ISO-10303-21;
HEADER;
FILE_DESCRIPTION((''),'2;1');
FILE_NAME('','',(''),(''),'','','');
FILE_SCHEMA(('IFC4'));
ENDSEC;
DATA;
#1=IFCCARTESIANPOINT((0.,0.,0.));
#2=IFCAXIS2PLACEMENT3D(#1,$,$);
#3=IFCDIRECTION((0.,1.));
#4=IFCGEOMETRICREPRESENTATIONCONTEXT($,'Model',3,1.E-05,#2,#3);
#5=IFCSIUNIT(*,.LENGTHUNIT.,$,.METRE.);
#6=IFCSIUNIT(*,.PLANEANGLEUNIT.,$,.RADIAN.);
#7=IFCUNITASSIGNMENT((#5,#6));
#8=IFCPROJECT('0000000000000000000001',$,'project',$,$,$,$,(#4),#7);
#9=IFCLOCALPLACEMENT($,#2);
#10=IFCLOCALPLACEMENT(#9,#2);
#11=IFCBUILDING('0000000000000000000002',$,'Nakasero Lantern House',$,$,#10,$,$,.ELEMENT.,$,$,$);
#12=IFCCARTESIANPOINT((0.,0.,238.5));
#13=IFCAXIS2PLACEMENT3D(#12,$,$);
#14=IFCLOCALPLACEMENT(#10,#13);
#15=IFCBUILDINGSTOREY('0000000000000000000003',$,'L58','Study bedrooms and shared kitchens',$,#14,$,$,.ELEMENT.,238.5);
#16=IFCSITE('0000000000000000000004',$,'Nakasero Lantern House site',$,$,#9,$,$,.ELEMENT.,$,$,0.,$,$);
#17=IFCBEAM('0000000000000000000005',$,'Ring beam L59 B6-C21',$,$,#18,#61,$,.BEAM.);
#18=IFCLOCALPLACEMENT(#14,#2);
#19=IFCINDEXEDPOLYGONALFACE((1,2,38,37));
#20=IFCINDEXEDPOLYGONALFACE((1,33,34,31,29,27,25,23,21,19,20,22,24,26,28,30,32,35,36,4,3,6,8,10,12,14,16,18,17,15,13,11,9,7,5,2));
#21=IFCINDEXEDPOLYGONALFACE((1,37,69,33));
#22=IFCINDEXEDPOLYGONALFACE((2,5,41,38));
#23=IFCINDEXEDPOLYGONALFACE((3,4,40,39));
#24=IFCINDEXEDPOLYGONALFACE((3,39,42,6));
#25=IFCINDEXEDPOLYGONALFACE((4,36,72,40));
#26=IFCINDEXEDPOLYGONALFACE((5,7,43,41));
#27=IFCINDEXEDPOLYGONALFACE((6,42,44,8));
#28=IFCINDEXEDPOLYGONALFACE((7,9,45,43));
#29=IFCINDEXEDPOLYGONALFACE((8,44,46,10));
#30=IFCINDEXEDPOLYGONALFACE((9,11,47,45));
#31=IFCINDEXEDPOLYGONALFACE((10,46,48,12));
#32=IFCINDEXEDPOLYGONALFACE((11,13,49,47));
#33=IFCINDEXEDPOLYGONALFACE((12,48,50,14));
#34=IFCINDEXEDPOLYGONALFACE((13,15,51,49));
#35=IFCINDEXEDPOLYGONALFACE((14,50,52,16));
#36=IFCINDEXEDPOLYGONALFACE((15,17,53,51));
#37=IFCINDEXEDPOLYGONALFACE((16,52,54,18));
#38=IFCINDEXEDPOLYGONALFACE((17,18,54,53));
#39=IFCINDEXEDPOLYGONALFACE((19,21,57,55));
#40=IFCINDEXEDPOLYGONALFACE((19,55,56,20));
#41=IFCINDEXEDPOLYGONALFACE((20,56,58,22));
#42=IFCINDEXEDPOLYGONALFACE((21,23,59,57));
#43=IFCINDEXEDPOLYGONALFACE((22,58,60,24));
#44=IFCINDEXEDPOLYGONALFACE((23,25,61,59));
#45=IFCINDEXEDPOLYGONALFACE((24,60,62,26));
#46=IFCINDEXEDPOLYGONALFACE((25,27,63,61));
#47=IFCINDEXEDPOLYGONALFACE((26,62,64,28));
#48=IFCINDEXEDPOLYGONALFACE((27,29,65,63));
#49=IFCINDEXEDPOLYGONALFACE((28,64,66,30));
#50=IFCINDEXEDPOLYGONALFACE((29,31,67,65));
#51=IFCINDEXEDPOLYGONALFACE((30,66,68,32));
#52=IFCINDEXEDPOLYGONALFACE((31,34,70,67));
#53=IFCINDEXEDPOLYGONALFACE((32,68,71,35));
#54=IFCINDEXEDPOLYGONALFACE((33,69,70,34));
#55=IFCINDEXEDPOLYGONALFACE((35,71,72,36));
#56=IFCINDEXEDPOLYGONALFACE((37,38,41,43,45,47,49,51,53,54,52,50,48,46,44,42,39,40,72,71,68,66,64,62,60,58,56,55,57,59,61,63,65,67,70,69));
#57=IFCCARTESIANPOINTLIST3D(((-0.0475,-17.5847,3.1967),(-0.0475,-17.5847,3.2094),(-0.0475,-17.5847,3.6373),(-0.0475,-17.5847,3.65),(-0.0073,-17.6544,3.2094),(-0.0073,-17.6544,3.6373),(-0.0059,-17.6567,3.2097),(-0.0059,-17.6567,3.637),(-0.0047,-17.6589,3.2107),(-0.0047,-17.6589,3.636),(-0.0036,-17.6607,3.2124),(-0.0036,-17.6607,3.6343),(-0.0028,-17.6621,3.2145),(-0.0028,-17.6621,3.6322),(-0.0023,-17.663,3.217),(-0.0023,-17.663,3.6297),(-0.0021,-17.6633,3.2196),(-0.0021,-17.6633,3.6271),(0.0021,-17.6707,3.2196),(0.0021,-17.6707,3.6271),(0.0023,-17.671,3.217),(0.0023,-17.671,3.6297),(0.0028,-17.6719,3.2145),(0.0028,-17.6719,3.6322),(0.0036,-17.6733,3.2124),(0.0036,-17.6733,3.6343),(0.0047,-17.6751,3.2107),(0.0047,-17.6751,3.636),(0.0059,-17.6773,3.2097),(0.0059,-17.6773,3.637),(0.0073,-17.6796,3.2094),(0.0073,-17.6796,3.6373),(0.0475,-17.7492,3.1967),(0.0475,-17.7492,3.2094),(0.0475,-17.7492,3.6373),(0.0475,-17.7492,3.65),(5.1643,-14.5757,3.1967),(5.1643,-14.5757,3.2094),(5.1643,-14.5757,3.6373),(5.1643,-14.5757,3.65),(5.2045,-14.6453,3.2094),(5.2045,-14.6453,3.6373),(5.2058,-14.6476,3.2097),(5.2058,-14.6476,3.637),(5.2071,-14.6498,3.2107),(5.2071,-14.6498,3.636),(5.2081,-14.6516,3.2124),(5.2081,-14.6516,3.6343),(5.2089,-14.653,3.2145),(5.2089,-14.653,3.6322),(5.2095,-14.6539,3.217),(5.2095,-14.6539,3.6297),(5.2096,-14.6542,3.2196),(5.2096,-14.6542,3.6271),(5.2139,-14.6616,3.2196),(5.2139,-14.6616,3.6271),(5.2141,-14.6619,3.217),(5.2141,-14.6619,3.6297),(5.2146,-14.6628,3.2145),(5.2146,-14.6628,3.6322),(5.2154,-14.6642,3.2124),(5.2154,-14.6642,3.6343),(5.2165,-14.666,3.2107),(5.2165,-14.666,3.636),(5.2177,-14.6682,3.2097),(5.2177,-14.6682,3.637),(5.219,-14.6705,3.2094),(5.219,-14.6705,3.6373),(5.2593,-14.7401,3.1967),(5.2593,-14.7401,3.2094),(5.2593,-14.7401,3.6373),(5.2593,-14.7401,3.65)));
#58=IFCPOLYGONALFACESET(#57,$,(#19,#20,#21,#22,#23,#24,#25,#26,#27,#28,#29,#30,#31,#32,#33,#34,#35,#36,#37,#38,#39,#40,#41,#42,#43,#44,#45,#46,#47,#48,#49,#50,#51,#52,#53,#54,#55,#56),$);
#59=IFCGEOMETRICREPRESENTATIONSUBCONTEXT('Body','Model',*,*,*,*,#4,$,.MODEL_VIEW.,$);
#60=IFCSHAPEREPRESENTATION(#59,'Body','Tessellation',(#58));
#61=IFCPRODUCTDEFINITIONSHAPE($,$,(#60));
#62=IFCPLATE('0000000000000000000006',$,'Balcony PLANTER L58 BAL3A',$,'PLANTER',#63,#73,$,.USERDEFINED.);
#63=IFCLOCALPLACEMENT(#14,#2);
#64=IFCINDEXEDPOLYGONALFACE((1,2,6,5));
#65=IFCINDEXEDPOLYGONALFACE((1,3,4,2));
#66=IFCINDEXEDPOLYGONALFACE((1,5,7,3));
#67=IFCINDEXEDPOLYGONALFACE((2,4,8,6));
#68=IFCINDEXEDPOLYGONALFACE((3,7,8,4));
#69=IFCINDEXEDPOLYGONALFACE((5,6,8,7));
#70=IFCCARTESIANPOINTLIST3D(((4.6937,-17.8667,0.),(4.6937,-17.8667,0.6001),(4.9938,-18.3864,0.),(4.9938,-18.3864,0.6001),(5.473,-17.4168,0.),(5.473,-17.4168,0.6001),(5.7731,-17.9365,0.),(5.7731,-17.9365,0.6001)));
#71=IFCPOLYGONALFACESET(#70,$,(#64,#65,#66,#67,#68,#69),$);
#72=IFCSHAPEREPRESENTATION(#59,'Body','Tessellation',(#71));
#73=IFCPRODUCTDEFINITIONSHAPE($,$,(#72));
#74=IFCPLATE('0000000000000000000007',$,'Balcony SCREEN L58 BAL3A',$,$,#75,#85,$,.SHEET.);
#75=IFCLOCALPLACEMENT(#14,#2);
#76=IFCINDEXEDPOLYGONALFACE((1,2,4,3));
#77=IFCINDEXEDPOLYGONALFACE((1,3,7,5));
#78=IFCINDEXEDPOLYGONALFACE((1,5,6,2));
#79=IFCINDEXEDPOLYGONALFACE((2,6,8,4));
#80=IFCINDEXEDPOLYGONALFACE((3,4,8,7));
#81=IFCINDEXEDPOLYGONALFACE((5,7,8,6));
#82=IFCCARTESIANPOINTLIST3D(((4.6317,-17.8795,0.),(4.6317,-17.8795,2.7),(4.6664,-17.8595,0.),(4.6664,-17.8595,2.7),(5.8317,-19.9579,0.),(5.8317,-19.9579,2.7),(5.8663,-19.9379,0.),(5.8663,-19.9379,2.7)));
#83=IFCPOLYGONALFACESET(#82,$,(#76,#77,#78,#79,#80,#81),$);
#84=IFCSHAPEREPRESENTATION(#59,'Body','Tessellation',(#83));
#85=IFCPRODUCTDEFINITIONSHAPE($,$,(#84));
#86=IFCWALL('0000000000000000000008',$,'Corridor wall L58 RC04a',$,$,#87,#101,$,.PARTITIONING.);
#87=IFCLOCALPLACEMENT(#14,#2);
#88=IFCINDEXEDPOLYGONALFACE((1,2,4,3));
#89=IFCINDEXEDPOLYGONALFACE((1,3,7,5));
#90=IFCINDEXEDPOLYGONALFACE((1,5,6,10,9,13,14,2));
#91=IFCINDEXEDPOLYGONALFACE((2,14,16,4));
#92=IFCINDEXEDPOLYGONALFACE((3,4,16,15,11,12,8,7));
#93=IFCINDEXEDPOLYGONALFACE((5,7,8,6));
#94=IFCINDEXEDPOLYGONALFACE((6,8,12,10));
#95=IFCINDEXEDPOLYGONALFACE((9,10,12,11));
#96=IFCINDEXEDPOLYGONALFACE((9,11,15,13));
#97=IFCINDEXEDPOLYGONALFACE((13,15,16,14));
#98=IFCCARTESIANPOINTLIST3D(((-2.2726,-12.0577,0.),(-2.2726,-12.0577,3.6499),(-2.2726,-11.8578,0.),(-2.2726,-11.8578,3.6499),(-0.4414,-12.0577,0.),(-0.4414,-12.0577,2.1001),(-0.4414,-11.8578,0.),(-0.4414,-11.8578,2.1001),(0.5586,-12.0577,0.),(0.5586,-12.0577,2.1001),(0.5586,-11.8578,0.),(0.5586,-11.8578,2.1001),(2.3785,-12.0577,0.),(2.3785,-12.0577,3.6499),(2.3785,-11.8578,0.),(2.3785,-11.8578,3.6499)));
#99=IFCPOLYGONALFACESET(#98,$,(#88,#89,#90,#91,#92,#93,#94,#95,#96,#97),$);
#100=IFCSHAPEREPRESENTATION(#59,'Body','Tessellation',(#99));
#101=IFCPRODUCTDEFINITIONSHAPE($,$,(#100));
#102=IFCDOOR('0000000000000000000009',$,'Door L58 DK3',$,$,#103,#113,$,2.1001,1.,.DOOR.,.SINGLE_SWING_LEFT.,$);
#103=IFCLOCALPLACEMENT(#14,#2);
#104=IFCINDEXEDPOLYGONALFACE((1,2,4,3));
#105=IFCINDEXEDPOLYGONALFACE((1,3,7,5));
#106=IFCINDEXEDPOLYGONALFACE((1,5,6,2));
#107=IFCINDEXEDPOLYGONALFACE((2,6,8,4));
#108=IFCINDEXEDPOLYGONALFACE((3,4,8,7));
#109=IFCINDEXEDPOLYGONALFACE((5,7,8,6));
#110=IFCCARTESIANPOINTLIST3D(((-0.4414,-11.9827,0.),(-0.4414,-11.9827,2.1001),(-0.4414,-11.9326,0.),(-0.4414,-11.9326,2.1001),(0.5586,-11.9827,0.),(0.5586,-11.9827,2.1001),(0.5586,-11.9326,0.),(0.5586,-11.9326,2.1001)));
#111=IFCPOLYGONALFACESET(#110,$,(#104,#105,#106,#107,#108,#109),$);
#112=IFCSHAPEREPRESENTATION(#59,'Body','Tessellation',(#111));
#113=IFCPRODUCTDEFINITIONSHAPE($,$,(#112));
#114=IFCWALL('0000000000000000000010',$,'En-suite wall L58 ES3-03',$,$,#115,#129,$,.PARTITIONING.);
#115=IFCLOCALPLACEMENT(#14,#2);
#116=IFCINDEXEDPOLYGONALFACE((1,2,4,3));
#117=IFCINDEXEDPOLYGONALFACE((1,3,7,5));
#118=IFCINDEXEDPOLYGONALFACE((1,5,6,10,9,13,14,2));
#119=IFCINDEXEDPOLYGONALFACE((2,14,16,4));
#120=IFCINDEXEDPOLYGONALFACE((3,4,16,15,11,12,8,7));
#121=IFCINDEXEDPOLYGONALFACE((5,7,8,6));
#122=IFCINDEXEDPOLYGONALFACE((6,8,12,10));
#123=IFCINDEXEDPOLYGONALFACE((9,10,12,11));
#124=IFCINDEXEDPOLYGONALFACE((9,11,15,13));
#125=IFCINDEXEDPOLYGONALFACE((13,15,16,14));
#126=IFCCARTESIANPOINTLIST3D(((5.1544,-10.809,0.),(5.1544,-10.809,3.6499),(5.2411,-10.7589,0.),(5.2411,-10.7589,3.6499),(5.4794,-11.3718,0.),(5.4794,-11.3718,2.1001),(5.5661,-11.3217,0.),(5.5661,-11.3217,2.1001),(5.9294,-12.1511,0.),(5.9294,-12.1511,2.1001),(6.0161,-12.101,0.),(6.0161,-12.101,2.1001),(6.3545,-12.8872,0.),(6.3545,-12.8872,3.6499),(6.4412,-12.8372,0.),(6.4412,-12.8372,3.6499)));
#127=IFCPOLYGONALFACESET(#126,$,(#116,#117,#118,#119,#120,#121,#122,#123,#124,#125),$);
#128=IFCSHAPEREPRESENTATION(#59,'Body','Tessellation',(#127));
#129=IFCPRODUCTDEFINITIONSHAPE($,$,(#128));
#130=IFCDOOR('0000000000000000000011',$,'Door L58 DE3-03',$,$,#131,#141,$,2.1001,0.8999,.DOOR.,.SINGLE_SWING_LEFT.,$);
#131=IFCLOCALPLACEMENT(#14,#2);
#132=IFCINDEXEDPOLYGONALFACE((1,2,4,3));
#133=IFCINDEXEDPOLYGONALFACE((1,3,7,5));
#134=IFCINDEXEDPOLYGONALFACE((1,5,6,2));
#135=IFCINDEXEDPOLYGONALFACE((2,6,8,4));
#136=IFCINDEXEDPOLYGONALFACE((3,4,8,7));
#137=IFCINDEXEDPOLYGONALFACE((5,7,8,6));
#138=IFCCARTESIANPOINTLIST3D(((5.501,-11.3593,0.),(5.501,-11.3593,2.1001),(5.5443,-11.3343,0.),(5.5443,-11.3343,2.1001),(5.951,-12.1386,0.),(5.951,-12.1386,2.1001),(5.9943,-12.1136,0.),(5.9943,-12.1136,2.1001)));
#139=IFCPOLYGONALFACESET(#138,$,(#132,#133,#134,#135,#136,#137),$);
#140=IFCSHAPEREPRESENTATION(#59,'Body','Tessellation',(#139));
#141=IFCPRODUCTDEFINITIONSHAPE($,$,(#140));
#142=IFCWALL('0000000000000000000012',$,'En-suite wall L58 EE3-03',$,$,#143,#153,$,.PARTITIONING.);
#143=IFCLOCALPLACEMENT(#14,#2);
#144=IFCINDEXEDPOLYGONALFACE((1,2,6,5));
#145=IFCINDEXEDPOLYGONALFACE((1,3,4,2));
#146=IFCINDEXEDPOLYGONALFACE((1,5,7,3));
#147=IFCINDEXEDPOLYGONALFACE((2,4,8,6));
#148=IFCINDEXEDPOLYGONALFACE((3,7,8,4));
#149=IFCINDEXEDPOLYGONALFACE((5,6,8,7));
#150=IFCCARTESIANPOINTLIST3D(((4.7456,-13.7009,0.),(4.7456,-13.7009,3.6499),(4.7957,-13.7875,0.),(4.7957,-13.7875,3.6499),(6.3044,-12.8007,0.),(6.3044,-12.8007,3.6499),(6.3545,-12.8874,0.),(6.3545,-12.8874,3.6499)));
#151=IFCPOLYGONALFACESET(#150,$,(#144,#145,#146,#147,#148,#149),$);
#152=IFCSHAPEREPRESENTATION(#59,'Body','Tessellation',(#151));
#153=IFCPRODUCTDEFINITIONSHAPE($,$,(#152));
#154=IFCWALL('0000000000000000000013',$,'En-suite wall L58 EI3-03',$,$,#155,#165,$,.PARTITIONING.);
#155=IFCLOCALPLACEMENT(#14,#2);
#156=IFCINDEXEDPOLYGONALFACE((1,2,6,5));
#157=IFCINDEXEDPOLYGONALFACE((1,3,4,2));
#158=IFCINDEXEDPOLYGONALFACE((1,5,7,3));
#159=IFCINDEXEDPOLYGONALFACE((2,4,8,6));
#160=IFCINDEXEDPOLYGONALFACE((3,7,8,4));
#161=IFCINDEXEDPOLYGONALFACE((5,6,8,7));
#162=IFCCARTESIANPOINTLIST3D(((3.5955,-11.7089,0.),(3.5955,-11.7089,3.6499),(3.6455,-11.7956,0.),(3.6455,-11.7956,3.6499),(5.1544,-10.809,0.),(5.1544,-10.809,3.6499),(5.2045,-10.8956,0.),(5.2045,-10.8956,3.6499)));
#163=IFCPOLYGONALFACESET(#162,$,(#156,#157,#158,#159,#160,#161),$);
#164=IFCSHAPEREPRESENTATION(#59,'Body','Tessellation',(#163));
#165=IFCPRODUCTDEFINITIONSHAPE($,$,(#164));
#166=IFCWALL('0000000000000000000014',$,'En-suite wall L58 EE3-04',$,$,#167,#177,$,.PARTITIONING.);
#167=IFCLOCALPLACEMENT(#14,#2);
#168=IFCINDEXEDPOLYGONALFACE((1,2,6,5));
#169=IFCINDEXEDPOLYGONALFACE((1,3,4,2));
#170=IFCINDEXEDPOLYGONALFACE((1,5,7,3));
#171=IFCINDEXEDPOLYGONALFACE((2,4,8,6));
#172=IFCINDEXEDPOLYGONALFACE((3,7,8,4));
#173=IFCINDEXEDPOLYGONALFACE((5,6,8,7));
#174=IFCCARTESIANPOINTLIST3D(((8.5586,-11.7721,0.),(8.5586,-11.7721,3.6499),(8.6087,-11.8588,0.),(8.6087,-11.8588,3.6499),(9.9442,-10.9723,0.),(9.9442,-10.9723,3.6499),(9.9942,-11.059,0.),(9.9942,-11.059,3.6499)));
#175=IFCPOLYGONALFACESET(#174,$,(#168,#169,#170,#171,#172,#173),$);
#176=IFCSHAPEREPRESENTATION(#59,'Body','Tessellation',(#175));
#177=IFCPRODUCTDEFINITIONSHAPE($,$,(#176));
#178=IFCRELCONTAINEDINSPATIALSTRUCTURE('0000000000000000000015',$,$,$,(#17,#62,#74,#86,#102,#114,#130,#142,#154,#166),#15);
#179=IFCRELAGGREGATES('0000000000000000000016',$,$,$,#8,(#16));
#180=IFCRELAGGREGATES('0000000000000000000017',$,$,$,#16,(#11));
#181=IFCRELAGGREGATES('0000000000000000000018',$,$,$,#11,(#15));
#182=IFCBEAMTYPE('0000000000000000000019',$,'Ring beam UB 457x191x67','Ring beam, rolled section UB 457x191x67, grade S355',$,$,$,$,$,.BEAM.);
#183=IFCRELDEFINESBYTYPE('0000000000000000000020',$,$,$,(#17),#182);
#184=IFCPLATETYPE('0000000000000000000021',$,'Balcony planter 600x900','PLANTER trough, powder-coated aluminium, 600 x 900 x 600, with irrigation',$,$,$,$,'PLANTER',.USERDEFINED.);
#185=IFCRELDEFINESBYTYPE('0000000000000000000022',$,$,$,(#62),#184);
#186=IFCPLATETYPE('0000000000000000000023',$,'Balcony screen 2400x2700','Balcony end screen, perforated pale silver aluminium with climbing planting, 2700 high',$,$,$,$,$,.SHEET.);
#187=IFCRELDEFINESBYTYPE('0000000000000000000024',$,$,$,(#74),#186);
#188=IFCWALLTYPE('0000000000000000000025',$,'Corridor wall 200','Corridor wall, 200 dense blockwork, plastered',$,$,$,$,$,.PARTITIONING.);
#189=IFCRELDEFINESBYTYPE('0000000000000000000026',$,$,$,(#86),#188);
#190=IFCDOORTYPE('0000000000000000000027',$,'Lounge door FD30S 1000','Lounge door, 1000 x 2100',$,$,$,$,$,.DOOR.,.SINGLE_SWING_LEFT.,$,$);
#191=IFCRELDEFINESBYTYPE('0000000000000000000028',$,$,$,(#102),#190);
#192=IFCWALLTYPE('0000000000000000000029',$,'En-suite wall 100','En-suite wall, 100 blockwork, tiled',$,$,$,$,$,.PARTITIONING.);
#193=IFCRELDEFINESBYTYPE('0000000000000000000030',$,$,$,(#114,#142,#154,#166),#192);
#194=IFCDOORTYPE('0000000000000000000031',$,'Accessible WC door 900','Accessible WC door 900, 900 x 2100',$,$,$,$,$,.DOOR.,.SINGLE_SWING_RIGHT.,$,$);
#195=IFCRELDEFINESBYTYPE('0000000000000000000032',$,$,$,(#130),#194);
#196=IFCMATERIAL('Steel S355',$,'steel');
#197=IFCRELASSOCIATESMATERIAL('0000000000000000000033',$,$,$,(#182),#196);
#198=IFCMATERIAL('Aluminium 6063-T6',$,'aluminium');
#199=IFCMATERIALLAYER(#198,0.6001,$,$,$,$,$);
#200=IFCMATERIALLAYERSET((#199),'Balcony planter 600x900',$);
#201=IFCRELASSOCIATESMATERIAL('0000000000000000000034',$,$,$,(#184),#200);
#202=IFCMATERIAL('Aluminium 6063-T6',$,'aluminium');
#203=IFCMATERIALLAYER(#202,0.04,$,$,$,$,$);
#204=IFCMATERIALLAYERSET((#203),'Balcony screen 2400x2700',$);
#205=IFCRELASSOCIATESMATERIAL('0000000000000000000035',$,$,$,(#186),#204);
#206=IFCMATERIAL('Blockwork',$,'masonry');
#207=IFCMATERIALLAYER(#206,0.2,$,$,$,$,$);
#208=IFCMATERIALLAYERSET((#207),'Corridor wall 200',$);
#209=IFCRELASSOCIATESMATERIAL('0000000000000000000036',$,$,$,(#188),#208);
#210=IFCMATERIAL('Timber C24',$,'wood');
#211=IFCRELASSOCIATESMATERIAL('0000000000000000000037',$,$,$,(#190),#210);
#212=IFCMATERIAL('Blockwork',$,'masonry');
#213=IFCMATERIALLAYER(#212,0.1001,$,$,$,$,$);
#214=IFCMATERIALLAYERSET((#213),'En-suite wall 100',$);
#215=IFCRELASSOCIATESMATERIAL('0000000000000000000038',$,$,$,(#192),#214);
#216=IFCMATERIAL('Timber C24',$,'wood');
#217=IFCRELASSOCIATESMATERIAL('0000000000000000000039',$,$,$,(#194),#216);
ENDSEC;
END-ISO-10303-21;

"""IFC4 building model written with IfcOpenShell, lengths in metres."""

from ifc_helpers import new_model, si_unit, direction, frame, frame_2d, origin, origin_2d, place, context, subcontext, project, spatial, rectangle, i_section, extrude, material, layer, layer_set, material_profile, profile_set, type_object, element, fill, save


model = new_model("IFC4")

# Units and contexts
model_context = context("Model", 3, precision=1e-05, world=origin(), true_north=direction((0.0, 1.0)))
body_context = subcontext(model_context, "Body", "Model", "MODEL_VIEW")
ifc_project = project(units=[si_unit("LENGTHUNIT", "METRE"), si_unit("PLANEANGLEUNIT", "RADIAN")], contexts=[model_context])

# Site, building, storey
site_placement = place(None, origin())
site = spatial("IfcSite", under=ifc_project, at=site_placement, Name="Nakasero Lantern House site", CompositionType="ELEMENT", RefElevation=0.0)
building_placement = place(site_placement, origin())
building = spatial("IfcBuilding", under=site, at=building_placement, Name="Nakasero Lantern House", CompositionType="ELEMENT")
storey_placement = place(building_placement, frame((0.0, 0.0, 238.5)))
storey = spatial("IfcBuildingStorey", under=building, at=storey_placement, Name="L58", Description="Study bedrooms and shared kitchens", CompositionType="ELEMENT", Elevation=238.5)

# Beam
ifc_material_1 = material(Name="Steel S355", Category="steel")
ifc_material_profile_1 = material_profile(ifc_material_1, i_section(OverallWidth=0.1899, OverallDepth=0.4534, WebThickness=0.0085, FlangeThickness=0.0127, FilletRadius=0.0103, at=origin_2d()), Name="UB 457x191x67")
ifc_profile_set_1 = profile_set([ifc_material_profile_1], Name="Steel S355")
beam_type_1 = type_object("IfcBeamType", Name="Ring beam UB 457x191x67", Description="Ring beam, rolled section UB 457x191x67, grade S355", PredefinedType="BEAM", material=ifc_profile_set_1)
beam_1_placement = place(storey_placement, frame((0.0, -17.667, 3.4233), z_axis=(0.86602, 0.500009, 0.0), x_axis=(-0.500009, 0.86602, 0.0)))
element("IfcBeam", 1, at=beam_1_placement, inside=storey, type_object=beam_type_1, Name="Ring beam L59 B6-C21", PredefinedType="BEAM", context=body_context, shape_type="SweptSolid", body=[
    extrude(i_section(OverallWidth=0.1899, OverallDepth=0.4534, WebThickness=0.0085, FlangeThickness=0.0127, FilletRadius=0.0103, at=origin_2d()), origin(), (0.0, 0.0, 1.0), 6.0181),
])

# Plates
ifc_material_2 = material(Name="Aluminium 6063-T6", Category="aluminium")
ifc_layer_1 = layer(ifc_material_2, 0.6001)
ifc_layer_set_1 = layer_set([ifc_layer_1], Name="Balcony planter 600x900")
plate_type_1 = type_object("IfcPlateType", Name="Balcony planter 600x900", Description="PLANTER trough, powder-coated aluminium, 600 x 900 x 600, with irrigation", ElementType="PLANTER", PredefinedType="USERDEFINED", material=ifc_layer_set_1)
plate_1_placement = place(storey_placement, frame((5.2334, -17.9016, 0.0), z_axis=(0.0, 0.0, 1.0), x_axis=(0.5, -0.866025, 0.0)))
element("IfcPlate", 2, at=plate_1_placement, inside=storey, type_object=plate_type_1, Name="Balcony PLANTER L58 BAL3A", ObjectType="PLANTER", PredefinedType="USERDEFINED", context=body_context, shape_type="SweptSolid", body=[
    extrude(rectangle(XDim=0.6001, YDim=0.8999, at=origin_2d()), origin(), (0.0, 0.0, 1.0), 0.6001),
])
ifc_material_3 = material(Name="Aluminium 6063-T6", Category="aluminium")
ifc_layer_2 = layer(ifc_material_3, 0.04)
ifc_layer_set_2 = layer_set([ifc_layer_2], Name="Balcony screen 2400x2700")
plate_type_2 = type_object("IfcPlateType", Name="Balcony screen 2400x2700", Description="Balcony end screen, perforated pale silver aluminium with climbing planting, 2700 high", PredefinedType="SHEET", material=ifc_layer_set_2)
plate_2_placement = place(storey_placement, frame((5.249, -18.9087, 0.0), z_axis=(0.0, 0.0, 1.0), x_axis=(0.5, -0.866025, 0.0)))
element("IfcPlate", 3, at=plate_2_placement, inside=storey, type_object=plate_type_2, Name="Balcony SCREEN L58 BAL3A", PredefinedType="SHEET", context=body_context, shape_type="SweptSolid", body=[
    extrude(rectangle(XDim=2.3999, YDim=0.04, at=origin_2d()), origin(), (0.0, 0.0, 1.0), 2.7),
])

# Walls, openings, doors
ifc_material_4 = material(Name="Blockwork", Category="masonry")
ifc_layer_3 = layer(ifc_material_4, 0.2)
ifc_layer_set_3 = layer_set([ifc_layer_3], Name="Corridor wall 200")
wall_type_1 = type_object("IfcWallType", Name="Corridor wall 200", Description="Corridor wall, 200 dense blockwork, plastered", PredefinedType="PARTITIONING", material=ifc_layer_set_3)
wall_1_placement = place(storey_placement, frame((2.3787, -11.9578, 0.0), z_axis=(0.0, 0.0, 1.0), x_axis=(-1.0, 0.0, 0.0)))
wall_1 = element("IfcWall", 4, at=wall_1_placement, inside=storey, type_object=wall_type_1, Name="Corridor wall L58 RC04a", PredefinedType="PARTITIONING", context=body_context, shape_type="SweptSolid", body=[
    extrude(rectangle(XDim=4.6511, YDim=0.2, at=frame_2d((2.3257, 0.0))), origin(), (0.0, 0.0, 1.0), 3.6499),
])
opening_1_placement = place(wall_1_placement, frame((1.8201, 0.0, 0.0)))
opening_1 = element("IfcOpeningElement", 5, at=opening_1_placement, cuts=wall_1, PredefinedType="OPENING", context=body_context, shape_type="SweptSolid", body=[
    extrude(rectangle(XDim=1.0, YDim=2.1001, at=frame_2d((0.5, 1.05))), frame((0.0, 0.1199, 0.0), z_axis=(0.0, -1.0, 0.0), x_axis=(1.0, 0.0, 0.0)), (0.0, 0.0, 1.0), 0.24),
])
ifc_material_5 = material(Name="Timber C24", Category="wood")
door_type_1 = type_object("IfcDoorType", Name="Lounge door FD30S 1000", Description="Lounge door, 1000 x 2100", OperationType="SINGLE_SWING_LEFT", PredefinedType="DOOR", material=ifc_material_5)
door_1_placement = place(opening_1_placement, origin())
door_1 = element("IfcDoor", 6, at=door_1_placement, inside=storey, type_object=door_type_1, Name="Door L58 DK3", OperationType="SINGLE_SWING_LEFT", OverallHeight=2.1001, OverallWidth=1.0, PredefinedType="DOOR", context=body_context, shape_type="SweptSolid", body=[
    extrude(rectangle(XDim=1.0, YDim=2.1001, at=frame_2d((0.5, 1.05))), frame((0.0, 0.0249, 0.0), z_axis=(0.0, -1.0, 0.0), x_axis=(1.0, 0.0, 0.0)), (0.0, 0.0, 1.0), 0.05),
])
fill(opening_1, door_1)
ifc_material_6 = material(Name="Blockwork", Category="masonry")
ifc_layer_4 = layer(ifc_material_6, 0.1001)
ifc_layer_set_4 = layer_set([ifc_layer_4], Name="En-suite wall 100")
wall_type_2 = type_object("IfcWallType", Name="En-suite wall 100", Description="En-suite wall, 100 blockwork, tiled", PredefinedType="PARTITIONING", material=ifc_layer_set_4)
wall_2_placement = place(storey_placement, frame((5.1978, -10.7839, 0.0), z_axis=(0.0, 0.0, 1.0), x_axis=(0.500078, -0.865981, 0.0)))
wall_2 = element("IfcWall", 7, at=wall_2_placement, inside=storey, type_object=wall_type_2, Name="En-suite wall L58 ES3-03", PredefinedType="PARTITIONING", context=body_context, shape_type="SweptSolid", body=[
    extrude(rectangle(XDim=2.3999, YDim=0.1001, at=frame_2d((1.2, 0.0))), origin(), (0.0, 0.0, 1.0), 3.6499),
])
opening_2_placement = place(wall_2_placement, frame((0.6499, 0.0, 0.0)))
opening_2 = element("IfcOpeningElement", 8, at=opening_2_placement, cuts=wall_2, PredefinedType="OPENING", context=body_context, shape_type="SweptSolid", body=[
    extrude(rectangle(XDim=0.8999, YDim=2.1001, at=frame_2d((0.45, 1.05))), frame((0.0, 0.0701, 0.0), z_axis=(0.0, -1.0, 0.0), x_axis=(1.0, 0.0, 0.0)), (0.0, 0.0, 1.0), 0.1401),
])
ifc_material_7 = material(Name="Timber C24", Category="wood")
door_type_2 = type_object("IfcDoorType", Name="Accessible WC door 900", Description="Accessible WC door 900, 900 x 2100", OperationType="SINGLE_SWING_RIGHT", PredefinedType="DOOR", material=ifc_material_7)
door_2_placement = place(opening_2_placement, origin())
door_2 = element("IfcDoor", 9, at=door_2_placement, inside=storey, type_object=door_type_2, Name="Door L58 DE3-03", OperationType="SINGLE_SWING_LEFT", OverallHeight=2.1001, OverallWidth=0.8999, PredefinedType="DOOR", context=body_context, shape_type="SweptSolid", body=[
    extrude(rectangle(XDim=0.8999, YDim=2.1001, at=frame_2d((0.45, 1.05))), frame((0.0, 0.0249, 0.0), z_axis=(0.0, -1.0, 0.0), x_axis=(1.0, 0.0, 0.0)), (0.0, 0.0, 1.0), 0.05),
])
fill(opening_2, door_2)

# Walls
for number, where, z_axis, x_axis, name in (
    (10, (4.7708, -13.7441, 0.0), (0.0, 0.0, 1.0), (0.865989, 0.500063, 0.0), "En-suite wall L58 EE3-03"),
    (11, (3.6206, -11.7522, 0.0), (0.0, 0.0, 1.0), (0.866048, 0.499961, 0.0), "En-suite wall L58 EI3-03"),
):
    element("IfcWall", number, at=place(storey_placement, frame(where, z_axis=z_axis, x_axis=x_axis)), inside=storey, type_object=wall_type_2, Name=name, PredefinedType="PARTITIONING", context=body_context, shape_type="SweptSolid", body=[
        extrude(rectangle(XDim=1.8, YDim=0.1001, at=frame_2d((0.8999, 0.0))), origin(), (0.0, 0.0, 1.0), 3.6499),
    ])
wall_3_placement = place(storey_placement, frame((8.5837, -11.8154, 0.0), z_axis=(0.0, 0.0, 1.0), x_axis=(0.866056, 0.499947, 0.0)))
element("IfcWall", 12, at=wall_3_placement, inside=storey, type_object=wall_type_2, Name="En-suite wall L58 EE3-04", PredefinedType="PARTITIONING", context=body_context, shape_type="SweptSolid", body=[
    extrude(rectangle(XDim=1.5999, YDim=0.1001, at=frame_2d((0.7998, 0.0))), origin(), (0.0, 0.0, 1.0), 3.6499),
])

save(model, "model.ifc")
